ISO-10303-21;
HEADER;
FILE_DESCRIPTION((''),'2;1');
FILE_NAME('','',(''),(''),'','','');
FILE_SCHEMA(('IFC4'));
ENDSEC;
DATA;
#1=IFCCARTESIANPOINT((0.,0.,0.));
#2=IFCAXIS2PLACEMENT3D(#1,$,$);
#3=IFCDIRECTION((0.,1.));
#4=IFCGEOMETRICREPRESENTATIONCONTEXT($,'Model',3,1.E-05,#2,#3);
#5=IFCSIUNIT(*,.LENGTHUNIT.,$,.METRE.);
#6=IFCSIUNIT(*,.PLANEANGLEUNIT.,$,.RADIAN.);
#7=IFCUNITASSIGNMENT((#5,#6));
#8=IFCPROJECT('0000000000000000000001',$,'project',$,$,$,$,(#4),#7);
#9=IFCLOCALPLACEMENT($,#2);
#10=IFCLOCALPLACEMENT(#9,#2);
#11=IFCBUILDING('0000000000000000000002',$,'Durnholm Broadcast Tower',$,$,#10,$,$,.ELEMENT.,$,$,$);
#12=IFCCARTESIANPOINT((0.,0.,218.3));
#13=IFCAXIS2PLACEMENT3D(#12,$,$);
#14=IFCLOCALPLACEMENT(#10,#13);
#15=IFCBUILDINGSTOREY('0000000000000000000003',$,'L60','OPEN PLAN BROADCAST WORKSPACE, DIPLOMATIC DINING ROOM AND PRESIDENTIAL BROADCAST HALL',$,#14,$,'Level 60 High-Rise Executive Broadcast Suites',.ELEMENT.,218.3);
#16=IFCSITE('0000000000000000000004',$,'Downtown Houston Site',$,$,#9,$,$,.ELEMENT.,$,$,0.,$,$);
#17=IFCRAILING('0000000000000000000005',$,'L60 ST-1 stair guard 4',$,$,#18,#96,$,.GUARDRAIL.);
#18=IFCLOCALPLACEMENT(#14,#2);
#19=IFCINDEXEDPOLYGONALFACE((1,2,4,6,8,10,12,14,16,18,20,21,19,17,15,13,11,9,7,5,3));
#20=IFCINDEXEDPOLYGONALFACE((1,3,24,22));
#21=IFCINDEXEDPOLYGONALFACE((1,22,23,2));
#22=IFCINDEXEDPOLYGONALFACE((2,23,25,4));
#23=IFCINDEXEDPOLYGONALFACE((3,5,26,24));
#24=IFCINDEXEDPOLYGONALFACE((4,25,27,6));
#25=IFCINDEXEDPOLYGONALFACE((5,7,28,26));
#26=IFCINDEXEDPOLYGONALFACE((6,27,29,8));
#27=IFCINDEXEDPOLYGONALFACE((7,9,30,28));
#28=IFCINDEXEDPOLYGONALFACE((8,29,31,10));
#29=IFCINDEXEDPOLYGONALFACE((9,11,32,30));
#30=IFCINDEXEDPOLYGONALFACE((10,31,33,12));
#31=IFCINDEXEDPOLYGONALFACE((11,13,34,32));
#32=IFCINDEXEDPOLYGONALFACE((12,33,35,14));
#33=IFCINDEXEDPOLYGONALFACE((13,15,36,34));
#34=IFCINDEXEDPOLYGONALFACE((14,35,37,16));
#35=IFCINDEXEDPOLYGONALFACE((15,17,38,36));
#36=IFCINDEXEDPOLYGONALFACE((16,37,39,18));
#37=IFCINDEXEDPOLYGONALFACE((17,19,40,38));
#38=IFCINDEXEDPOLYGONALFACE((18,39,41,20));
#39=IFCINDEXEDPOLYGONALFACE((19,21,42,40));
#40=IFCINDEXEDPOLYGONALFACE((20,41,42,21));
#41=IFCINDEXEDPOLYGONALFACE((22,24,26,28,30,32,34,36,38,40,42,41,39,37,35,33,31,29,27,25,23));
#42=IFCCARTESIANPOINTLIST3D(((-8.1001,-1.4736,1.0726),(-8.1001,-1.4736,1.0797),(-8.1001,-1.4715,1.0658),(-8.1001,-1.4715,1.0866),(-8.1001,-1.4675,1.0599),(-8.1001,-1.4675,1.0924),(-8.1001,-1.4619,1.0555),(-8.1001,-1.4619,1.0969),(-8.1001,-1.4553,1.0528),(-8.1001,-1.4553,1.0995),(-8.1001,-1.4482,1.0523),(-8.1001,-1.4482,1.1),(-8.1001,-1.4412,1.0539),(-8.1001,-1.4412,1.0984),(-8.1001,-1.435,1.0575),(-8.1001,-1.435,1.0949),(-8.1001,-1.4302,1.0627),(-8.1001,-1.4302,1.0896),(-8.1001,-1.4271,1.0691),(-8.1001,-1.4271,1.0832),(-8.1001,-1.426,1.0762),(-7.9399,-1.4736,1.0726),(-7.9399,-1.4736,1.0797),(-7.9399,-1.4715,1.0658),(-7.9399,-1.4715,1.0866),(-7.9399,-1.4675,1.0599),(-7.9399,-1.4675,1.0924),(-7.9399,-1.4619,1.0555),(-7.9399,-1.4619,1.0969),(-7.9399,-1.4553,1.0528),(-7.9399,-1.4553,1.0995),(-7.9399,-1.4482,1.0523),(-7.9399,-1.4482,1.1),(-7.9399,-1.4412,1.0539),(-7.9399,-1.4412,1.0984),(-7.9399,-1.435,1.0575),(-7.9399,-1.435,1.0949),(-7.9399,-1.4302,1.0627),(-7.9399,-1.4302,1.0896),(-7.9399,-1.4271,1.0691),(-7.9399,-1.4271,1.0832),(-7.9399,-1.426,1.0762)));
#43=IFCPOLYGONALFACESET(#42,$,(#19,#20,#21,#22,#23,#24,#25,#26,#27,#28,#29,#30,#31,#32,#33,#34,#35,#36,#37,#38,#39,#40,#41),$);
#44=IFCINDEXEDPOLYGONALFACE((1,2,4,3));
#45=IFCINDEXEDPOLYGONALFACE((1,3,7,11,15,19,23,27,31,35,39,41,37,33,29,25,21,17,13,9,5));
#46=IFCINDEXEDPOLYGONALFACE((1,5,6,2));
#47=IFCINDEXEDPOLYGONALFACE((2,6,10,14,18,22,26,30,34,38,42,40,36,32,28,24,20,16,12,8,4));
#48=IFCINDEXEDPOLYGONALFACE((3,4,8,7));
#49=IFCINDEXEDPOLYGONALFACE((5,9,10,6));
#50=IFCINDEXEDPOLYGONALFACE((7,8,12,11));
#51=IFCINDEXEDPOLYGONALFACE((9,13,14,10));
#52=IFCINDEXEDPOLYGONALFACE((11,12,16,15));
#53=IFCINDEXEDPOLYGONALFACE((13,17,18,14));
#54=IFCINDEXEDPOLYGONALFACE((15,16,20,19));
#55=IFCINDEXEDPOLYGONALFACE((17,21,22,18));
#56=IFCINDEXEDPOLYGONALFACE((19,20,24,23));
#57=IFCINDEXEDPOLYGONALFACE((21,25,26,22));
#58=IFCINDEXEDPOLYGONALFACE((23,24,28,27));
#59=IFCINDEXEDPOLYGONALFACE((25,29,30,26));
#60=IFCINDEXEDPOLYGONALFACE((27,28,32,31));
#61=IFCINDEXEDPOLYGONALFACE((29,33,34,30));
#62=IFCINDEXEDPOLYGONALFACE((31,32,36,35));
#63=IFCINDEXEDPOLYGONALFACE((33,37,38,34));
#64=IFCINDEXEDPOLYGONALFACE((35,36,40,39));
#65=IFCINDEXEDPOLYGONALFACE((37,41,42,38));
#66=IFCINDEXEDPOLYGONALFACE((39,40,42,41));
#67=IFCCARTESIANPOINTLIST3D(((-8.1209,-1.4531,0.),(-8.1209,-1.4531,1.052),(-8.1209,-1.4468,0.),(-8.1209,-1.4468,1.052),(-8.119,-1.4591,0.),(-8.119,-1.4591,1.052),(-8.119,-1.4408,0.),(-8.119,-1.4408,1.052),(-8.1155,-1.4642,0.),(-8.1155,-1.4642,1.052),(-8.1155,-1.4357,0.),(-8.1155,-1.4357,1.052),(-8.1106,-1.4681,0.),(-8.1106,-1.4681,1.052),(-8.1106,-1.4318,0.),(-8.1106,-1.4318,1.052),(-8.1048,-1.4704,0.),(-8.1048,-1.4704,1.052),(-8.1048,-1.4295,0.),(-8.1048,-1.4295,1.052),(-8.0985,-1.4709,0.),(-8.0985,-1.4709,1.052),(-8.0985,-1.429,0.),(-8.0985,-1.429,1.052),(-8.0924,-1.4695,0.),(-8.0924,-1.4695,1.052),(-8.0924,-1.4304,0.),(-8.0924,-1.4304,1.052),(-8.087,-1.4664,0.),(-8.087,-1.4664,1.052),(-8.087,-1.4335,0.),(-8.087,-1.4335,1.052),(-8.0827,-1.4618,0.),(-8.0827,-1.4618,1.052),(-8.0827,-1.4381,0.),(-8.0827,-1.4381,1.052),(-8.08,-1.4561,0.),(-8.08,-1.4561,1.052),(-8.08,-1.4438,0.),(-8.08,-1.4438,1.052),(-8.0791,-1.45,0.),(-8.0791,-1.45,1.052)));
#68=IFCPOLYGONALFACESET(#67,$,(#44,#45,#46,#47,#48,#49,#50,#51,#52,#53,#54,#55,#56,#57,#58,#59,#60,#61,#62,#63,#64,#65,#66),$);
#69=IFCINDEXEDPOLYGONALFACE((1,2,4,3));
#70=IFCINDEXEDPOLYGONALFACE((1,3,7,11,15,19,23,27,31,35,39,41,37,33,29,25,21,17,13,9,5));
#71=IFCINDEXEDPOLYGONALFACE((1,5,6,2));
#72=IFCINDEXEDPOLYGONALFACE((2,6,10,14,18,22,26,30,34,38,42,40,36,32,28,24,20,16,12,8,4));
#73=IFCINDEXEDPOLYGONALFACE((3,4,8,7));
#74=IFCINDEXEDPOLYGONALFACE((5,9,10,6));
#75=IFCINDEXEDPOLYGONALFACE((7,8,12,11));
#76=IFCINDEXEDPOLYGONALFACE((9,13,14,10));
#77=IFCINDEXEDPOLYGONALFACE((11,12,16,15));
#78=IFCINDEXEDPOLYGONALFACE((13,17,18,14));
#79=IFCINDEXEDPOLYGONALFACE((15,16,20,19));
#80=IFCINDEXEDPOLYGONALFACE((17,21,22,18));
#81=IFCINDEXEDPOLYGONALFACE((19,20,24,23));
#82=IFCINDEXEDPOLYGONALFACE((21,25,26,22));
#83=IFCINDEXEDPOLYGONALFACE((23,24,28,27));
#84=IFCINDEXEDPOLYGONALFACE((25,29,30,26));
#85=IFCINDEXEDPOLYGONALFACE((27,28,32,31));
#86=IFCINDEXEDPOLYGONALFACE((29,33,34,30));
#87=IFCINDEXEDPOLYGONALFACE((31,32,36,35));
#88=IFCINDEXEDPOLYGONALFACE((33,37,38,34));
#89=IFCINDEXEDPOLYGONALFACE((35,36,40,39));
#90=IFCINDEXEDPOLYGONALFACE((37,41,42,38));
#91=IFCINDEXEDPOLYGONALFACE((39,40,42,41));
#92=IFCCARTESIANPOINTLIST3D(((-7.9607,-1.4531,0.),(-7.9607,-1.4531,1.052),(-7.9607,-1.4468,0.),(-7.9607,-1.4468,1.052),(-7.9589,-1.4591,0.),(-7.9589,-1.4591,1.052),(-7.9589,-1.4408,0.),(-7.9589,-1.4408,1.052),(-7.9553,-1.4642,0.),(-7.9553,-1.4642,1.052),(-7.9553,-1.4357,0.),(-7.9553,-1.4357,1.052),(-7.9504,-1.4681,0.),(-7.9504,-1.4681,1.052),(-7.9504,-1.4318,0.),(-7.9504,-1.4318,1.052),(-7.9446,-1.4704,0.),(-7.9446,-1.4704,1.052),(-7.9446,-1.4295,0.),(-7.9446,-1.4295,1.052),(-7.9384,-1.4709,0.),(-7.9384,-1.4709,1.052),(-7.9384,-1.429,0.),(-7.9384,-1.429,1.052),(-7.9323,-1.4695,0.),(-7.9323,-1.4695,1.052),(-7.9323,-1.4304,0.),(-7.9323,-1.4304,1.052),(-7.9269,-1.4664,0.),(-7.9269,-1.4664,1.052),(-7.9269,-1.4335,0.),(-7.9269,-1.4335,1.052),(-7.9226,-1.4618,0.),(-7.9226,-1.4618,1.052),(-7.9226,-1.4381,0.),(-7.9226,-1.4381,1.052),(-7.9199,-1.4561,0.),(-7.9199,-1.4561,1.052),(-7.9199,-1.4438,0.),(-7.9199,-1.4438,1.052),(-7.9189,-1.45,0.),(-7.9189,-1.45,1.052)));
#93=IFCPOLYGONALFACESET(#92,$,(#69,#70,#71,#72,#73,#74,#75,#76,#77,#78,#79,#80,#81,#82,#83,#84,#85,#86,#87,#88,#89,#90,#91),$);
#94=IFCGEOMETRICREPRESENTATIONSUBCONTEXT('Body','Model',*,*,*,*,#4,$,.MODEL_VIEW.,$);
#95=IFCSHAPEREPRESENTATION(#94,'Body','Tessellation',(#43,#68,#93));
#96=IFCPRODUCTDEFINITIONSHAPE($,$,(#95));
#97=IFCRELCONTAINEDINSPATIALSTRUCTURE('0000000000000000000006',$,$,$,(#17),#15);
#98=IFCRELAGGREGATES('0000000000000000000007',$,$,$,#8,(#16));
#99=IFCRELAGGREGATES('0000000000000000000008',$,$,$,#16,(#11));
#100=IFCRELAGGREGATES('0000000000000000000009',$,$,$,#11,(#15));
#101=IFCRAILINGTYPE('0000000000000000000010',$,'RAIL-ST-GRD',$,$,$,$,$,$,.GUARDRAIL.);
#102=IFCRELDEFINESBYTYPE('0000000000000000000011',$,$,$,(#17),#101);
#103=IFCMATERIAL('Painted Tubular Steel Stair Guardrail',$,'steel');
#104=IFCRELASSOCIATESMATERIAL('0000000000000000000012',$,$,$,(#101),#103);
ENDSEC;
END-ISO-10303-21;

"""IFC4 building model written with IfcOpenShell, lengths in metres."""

from ifc_helpers import new_model, si_unit, direction, frame, origin, origin_2d, place, context, subcontext, project, spatial, circle, extrude, material, type_object, element, save


model = new_model("IFC4")

# Units and contexts
model_context = context("Model", 3, precision=1e-05, world=origin(), true_north=direction((0.0, 1.0)))
body_context = subcontext(model_context, "Body", "Model", "MODEL_VIEW")
ifc_project = project(units=[si_unit("LENGTHUNIT", "METRE"), si_unit("PLANEANGLEUNIT", "RADIAN")], contexts=[model_context])

# Site, building, storey
site_placement = place(None, origin())
site = spatial("IfcSite", under=ifc_project, at=site_placement, Name="Downtown Houston Site", CompositionType="ELEMENT", RefElevation=0.0)
building_placement = place(site_placement, origin())
building = spatial("IfcBuilding", under=site, at=building_placement, Name="Durnholm Broadcast Tower", CompositionType="ELEMENT")
storey_placement = place(building_placement, frame((0.0, 0.0, 218.3)))
storey = spatial("IfcBuildingStorey", under=building, at=storey_placement, Name="L60", Description="OPEN PLAN BROADCAST WORKSPACE, DIPLOMATIC DINING ROOM AND PRESIDENTIAL BROADCAST HALL", LongName="Level 60 High-Rise Executive Broadcast Suites", CompositionType="ELEMENT", Elevation=218.3)

# Railing
ifc_material_1 = material(Name="Painted Tubular Steel Stair Guardrail", Category="steel")
railing_type_1 = type_object("IfcRailingType", Name="RAIL-ST-GRD", PredefinedType="GUARDRAIL", material=ifc_material_1)
railing_1_placement = place(storey_placement, frame((-8.1001, -1.45, 0.0)))
element("IfcRailing", 1, at=railing_1_placement, inside=storey, type_object=railing_type_1, Name="L60 ST-1 stair guard 4", PredefinedType="GUARDRAIL", context=body_context, shape_type="SweptSolid", body=[
    extrude(circle(Radius=0.0239, at=origin_2d()), frame((0.0, 0.0, 1.0762), z_axis=(1.0, 0.0, 0.0), x_axis=(0.0, 1.0, 0.0)), (0.0, 0.0, 1.0), 0.1602),
    extrude(circle(Radius=0.021, at=origin_2d()), origin(), (0.0, 0.0, 1.0), 1.052),
    extrude(circle(Radius=0.021, at=origin_2d()), frame((0.1602, 0.0, 0.0)), (0.0, 0.0, 1.0), 1.052),
])

save(model, "model.ifc")
